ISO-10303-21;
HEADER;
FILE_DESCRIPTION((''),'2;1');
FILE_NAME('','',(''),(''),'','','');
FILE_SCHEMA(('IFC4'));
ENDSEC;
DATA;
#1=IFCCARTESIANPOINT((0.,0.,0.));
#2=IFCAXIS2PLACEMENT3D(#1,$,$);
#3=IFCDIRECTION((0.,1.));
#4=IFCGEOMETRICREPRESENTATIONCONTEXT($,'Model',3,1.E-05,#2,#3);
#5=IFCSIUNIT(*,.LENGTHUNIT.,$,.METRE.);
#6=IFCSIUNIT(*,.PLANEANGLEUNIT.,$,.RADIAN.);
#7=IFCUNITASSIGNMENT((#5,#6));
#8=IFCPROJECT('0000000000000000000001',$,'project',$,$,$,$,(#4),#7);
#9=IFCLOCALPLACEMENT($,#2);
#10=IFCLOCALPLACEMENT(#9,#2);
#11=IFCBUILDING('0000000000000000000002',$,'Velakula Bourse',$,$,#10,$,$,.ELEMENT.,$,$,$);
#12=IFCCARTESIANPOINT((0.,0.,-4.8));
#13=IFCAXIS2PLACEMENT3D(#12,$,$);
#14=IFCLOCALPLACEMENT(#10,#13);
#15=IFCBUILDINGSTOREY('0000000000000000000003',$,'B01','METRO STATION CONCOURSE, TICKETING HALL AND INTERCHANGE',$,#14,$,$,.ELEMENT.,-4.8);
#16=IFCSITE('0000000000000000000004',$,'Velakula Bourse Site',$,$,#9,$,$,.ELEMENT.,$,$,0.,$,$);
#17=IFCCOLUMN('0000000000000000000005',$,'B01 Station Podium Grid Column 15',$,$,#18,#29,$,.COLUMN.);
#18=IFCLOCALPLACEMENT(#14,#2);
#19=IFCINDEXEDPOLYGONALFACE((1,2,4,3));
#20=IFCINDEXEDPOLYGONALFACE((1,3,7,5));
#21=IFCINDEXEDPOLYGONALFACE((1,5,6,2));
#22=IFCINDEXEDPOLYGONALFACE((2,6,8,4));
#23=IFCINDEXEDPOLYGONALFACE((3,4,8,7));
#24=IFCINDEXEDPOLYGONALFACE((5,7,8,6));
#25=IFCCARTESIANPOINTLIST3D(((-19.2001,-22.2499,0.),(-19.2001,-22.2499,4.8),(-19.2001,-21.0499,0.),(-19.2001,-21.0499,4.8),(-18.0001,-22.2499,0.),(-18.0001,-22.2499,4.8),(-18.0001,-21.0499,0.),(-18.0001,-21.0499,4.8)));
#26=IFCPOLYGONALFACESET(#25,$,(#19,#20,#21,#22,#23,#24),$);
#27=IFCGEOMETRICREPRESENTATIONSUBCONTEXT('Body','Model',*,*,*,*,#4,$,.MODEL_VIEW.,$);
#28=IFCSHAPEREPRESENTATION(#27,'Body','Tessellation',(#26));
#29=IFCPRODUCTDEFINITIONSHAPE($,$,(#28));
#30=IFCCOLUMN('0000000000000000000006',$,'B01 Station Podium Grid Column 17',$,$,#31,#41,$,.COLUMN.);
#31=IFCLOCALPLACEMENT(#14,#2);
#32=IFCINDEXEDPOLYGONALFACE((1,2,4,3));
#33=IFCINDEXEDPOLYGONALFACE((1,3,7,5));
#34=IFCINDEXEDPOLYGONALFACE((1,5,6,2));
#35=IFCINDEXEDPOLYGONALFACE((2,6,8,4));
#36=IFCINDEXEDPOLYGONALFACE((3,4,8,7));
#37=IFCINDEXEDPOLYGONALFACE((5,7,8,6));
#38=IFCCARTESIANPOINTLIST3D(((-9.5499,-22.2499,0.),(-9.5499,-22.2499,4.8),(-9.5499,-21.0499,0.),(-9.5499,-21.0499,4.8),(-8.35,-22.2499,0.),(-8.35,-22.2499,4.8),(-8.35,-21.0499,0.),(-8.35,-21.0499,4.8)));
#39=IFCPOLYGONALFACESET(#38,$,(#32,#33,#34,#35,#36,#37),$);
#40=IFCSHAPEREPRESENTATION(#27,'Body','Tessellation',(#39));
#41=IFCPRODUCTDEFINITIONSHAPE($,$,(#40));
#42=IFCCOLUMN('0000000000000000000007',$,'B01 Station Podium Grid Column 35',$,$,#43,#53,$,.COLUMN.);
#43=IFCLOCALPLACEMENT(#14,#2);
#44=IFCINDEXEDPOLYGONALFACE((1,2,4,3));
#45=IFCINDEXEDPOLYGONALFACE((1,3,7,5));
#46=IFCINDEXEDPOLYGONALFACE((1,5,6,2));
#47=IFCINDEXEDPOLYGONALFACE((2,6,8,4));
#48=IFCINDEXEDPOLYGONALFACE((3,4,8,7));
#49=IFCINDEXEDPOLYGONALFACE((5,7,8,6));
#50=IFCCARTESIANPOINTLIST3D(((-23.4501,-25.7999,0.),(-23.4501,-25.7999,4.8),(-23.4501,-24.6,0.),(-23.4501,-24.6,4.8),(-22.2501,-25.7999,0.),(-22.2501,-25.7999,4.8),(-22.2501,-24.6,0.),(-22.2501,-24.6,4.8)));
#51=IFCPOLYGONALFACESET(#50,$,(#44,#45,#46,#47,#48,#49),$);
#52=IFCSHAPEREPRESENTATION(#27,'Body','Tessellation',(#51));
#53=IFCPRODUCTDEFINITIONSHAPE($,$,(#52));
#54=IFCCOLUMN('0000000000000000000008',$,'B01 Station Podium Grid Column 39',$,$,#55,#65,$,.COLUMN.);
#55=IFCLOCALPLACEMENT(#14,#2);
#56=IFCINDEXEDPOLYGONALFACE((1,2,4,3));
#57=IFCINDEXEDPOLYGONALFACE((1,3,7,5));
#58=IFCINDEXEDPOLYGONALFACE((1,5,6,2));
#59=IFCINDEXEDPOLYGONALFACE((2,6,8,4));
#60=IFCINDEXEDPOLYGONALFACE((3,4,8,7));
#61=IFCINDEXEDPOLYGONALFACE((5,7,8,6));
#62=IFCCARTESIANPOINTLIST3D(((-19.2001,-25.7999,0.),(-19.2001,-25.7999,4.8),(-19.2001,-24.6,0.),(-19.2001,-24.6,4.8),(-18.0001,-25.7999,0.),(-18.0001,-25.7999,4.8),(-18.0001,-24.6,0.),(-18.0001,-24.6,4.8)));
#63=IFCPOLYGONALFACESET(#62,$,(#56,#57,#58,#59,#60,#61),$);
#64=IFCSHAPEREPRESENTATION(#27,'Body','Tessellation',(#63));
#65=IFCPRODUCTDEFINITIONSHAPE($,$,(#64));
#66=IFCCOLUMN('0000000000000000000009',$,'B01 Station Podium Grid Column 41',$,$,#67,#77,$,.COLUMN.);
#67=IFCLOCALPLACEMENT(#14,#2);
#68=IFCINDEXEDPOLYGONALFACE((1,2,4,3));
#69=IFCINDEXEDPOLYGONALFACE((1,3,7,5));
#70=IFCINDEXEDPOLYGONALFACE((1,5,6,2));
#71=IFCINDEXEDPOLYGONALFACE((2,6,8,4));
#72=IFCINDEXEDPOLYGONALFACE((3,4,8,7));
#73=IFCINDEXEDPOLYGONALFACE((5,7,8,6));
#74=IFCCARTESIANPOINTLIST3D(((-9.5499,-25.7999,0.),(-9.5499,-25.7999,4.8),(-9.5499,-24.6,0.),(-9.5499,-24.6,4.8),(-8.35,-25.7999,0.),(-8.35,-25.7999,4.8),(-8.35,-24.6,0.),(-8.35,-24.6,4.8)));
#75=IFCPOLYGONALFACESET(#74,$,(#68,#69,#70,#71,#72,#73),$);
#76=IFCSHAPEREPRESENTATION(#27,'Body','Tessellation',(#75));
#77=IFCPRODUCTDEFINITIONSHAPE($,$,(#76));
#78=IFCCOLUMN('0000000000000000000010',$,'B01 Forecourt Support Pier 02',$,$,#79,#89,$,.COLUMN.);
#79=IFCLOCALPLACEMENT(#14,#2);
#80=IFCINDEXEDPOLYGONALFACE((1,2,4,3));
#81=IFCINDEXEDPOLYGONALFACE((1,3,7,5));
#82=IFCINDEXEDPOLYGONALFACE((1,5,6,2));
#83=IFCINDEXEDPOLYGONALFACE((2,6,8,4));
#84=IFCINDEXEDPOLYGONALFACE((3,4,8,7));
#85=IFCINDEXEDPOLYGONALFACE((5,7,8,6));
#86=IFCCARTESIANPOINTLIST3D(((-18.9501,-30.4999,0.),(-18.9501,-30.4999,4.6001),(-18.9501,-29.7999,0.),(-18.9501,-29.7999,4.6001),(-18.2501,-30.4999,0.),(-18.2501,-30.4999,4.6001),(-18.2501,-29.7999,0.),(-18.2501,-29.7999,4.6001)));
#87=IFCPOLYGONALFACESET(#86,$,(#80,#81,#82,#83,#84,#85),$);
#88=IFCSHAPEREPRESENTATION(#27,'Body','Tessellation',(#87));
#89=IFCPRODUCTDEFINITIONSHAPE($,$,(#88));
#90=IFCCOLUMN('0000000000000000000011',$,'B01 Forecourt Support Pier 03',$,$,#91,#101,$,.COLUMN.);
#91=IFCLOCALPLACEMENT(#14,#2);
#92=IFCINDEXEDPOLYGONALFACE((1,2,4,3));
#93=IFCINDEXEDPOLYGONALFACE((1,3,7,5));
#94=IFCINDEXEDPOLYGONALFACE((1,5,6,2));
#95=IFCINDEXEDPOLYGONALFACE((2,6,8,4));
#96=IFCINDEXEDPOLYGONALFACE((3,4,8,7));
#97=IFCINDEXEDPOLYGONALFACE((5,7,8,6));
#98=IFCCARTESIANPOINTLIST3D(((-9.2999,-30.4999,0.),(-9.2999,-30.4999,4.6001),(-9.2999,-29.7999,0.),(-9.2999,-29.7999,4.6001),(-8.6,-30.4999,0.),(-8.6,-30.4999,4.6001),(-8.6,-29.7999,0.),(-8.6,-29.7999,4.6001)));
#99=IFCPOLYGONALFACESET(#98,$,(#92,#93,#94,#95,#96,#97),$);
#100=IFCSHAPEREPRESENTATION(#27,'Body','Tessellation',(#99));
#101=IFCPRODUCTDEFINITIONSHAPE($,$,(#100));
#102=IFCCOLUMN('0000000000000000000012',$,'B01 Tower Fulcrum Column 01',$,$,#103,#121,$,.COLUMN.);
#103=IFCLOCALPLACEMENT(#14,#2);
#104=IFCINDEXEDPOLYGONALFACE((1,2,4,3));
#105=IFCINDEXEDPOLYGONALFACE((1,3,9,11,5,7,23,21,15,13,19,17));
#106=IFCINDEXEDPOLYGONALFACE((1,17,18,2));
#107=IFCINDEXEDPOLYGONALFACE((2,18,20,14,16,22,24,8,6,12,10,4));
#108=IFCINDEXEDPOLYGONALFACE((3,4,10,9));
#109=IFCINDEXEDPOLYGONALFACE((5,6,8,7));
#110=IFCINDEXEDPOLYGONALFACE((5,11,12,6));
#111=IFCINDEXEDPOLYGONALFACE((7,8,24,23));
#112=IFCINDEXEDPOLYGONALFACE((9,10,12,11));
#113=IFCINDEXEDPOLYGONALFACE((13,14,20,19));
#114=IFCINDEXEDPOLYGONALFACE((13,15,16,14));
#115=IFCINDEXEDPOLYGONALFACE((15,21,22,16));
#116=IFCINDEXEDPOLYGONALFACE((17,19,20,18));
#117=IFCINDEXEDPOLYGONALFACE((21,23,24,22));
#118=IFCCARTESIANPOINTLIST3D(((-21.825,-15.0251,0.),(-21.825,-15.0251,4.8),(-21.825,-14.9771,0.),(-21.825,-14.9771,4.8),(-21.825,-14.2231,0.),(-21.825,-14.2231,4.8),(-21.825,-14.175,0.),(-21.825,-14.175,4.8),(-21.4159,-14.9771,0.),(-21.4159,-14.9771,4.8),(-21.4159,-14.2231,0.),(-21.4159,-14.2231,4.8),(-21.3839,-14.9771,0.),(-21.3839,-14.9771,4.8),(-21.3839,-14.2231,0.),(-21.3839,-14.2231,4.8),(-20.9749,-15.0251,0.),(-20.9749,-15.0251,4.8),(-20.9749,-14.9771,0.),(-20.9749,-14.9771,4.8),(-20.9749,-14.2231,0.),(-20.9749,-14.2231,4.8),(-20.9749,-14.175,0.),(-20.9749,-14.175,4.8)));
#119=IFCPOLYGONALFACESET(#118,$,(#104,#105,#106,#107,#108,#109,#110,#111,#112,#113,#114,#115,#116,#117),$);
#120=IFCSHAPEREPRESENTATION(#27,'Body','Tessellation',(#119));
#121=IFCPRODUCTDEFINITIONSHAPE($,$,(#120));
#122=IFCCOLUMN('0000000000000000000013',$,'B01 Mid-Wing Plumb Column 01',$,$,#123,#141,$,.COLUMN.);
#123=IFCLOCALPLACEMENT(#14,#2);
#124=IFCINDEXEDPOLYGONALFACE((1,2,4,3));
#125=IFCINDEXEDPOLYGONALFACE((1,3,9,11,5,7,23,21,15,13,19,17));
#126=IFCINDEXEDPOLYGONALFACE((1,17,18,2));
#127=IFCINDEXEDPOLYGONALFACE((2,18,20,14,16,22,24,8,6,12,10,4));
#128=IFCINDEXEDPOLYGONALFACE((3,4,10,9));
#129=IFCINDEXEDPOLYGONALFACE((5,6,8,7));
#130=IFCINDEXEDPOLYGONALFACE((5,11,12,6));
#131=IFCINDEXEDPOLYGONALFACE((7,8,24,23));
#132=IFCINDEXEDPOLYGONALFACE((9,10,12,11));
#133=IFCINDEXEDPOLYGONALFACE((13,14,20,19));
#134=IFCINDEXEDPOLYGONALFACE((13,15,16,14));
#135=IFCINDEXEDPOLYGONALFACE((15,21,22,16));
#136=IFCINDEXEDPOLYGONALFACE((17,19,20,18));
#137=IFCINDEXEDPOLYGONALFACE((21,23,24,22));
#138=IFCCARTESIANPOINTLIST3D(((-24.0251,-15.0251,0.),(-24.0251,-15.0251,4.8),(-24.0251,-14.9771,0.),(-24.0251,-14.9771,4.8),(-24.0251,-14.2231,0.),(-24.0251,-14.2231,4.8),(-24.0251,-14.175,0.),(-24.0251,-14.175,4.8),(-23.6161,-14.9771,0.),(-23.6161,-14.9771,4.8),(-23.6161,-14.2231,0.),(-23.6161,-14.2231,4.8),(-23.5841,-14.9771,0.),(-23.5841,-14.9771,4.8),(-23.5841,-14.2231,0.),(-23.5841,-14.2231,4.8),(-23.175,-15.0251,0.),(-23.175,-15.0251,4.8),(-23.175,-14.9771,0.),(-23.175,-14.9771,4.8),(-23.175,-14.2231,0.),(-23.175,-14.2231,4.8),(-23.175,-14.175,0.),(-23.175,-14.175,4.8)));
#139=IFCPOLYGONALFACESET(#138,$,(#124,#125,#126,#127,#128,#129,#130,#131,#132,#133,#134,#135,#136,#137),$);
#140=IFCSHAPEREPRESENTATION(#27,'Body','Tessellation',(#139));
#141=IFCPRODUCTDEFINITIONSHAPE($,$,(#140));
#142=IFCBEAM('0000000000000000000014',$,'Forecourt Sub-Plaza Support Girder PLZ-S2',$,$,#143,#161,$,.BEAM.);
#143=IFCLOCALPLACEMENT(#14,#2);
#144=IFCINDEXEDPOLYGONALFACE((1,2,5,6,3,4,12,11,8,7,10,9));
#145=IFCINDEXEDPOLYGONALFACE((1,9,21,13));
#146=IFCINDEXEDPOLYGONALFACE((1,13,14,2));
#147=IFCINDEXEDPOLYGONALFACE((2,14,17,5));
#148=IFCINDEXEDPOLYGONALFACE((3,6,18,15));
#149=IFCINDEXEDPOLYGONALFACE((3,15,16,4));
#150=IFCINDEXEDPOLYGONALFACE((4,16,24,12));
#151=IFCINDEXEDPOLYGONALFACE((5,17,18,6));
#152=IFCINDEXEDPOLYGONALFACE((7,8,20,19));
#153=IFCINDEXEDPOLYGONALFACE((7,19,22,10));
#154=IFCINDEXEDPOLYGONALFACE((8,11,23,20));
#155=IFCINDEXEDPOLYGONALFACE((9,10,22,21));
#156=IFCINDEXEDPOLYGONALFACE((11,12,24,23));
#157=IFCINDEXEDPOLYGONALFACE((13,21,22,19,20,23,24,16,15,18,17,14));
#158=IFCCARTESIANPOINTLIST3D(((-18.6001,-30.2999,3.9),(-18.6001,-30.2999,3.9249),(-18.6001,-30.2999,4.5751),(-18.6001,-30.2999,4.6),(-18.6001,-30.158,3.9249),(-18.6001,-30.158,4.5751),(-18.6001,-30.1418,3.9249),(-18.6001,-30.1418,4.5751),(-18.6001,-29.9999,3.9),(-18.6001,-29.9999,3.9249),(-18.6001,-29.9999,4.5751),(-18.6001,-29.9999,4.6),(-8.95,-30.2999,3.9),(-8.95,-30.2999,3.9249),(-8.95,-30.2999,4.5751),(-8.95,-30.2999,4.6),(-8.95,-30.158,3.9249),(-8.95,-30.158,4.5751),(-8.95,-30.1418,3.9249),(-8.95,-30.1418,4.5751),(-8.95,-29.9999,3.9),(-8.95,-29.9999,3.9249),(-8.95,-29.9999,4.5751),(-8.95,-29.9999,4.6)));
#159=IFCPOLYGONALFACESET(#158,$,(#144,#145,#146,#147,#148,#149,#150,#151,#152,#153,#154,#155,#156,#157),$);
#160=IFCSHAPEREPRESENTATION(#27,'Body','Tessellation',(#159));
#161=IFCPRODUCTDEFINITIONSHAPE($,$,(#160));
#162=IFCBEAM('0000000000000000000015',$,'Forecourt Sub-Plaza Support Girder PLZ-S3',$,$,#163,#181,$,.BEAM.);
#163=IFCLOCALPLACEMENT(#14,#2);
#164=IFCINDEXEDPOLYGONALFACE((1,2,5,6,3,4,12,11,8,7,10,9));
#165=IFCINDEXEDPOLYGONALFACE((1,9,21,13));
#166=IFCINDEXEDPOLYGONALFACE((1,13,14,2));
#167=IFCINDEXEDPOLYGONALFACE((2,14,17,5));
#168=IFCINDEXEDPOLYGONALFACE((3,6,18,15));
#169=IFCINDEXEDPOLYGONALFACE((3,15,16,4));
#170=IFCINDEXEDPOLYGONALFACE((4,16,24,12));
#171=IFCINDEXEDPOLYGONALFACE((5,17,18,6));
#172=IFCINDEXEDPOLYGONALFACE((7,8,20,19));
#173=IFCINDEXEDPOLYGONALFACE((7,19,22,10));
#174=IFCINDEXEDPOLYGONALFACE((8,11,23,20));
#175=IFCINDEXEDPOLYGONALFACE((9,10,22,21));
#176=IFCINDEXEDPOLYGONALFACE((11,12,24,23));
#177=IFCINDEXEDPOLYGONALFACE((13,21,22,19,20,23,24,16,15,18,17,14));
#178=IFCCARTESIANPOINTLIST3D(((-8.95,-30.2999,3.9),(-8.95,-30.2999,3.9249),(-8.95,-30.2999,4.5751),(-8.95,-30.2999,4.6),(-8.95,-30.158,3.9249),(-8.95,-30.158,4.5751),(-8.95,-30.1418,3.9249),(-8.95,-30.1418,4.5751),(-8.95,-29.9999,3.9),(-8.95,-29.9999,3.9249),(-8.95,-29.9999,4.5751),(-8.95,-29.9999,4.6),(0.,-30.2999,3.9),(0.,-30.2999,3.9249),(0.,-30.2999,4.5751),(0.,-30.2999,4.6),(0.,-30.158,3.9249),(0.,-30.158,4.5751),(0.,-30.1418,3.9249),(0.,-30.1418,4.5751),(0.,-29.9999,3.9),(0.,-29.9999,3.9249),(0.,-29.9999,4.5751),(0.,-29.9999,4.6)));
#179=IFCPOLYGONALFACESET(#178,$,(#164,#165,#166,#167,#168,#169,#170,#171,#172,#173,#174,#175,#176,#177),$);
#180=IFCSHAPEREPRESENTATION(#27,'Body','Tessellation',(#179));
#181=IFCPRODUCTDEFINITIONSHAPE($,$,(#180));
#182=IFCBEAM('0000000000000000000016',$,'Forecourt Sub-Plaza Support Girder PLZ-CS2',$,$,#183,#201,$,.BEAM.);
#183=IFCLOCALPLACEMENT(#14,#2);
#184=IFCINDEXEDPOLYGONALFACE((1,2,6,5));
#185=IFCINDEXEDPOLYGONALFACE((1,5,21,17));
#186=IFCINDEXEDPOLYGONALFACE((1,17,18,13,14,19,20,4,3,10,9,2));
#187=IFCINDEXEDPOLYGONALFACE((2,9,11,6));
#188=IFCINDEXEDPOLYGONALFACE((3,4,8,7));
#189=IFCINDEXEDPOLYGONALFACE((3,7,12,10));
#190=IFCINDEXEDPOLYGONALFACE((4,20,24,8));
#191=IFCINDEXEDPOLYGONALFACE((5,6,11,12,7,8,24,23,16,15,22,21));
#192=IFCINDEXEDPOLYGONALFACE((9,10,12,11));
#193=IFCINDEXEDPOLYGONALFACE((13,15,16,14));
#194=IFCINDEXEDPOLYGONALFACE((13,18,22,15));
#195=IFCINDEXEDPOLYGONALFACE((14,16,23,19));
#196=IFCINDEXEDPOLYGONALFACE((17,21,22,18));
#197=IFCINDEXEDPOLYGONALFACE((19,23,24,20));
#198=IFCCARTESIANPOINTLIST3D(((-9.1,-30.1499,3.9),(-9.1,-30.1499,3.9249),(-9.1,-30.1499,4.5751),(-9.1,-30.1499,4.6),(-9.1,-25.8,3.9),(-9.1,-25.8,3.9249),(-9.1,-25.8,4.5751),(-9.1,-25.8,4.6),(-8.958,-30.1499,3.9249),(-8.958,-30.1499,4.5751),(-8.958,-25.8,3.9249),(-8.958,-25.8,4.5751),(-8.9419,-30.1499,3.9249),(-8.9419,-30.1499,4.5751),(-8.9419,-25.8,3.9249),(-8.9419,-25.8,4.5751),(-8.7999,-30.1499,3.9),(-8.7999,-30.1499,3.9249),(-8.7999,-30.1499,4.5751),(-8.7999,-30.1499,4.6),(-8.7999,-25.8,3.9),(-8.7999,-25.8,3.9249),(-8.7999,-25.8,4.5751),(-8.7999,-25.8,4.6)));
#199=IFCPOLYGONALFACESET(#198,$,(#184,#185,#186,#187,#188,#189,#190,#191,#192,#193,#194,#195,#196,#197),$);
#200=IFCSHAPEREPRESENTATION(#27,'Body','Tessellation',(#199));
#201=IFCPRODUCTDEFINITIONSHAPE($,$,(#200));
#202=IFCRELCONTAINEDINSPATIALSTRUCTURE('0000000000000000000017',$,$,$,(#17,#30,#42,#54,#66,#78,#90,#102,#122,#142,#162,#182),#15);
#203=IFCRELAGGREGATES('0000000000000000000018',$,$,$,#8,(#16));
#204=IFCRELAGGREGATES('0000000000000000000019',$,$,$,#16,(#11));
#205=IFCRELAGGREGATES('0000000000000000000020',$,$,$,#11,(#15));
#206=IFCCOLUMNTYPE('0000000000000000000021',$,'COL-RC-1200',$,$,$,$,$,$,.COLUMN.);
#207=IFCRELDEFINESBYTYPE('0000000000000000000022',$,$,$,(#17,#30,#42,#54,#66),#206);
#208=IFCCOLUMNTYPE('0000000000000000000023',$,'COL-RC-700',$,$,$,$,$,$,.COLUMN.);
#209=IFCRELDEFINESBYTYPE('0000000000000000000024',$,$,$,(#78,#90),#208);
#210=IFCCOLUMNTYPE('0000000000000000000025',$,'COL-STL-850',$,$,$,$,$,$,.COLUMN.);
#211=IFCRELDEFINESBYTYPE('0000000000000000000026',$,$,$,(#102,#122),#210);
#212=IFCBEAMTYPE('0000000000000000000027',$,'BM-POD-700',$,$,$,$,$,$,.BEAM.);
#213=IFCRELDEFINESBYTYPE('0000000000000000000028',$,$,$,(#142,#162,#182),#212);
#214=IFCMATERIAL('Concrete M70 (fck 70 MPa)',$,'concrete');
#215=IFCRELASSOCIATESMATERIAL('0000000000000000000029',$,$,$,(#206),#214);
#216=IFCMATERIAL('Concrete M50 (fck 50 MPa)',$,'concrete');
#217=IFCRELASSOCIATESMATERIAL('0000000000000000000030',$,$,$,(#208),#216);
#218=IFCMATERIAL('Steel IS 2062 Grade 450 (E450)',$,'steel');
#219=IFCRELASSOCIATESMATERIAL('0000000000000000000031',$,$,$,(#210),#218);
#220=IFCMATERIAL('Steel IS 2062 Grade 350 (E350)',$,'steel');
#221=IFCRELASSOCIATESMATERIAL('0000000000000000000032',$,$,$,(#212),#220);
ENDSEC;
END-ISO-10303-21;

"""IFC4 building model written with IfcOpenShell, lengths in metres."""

from ifc_helpers import new_model, si_unit, direction, frame, origin, origin_2d, place, context, subcontext, project, spatial, rectangle, i_section, extrude, material, material_profile, profile_set, type_object, element, save


model = new_model("IFC4")

# Units and contexts
model_context = context("Model", 3, precision=1e-05, world=origin(), true_north=direction((0.0, 1.0)))
body_context = subcontext(model_context, "Body", "Model", "MODEL_VIEW")
ifc_project = project(units=[si_unit("LENGTHUNIT", "METRE"), si_unit("PLANEANGLEUNIT", "RADIAN")], contexts=[model_context])

# Site, building, storey
site_placement = place(None, origin())
site = spatial("IfcSite", under=ifc_project, at=site_placement, Name="Velakula Bourse Site", CompositionType="ELEMENT", RefElevation=0.0)
building_placement = place(site_placement, origin())
building = spatial("IfcBuilding", under=site, at=building_placement, Name="Velakula Bourse", CompositionType="ELEMENT")
storey_placement = place(building_placement, frame((0.0, 0.0, -4.8)))
storey = spatial("IfcBuildingStorey", under=building, at=storey_placement, Name="B01", Description="METRO STATION CONCOURSE, TICKETING HALL AND INTERCHANGE", CompositionType="ELEMENT", Elevation=-4.8)

# Columns
ifc_material_1 = material(Name="Concrete M70 (fck 70 MPa)", Category="concrete")
ifc_material_profile_1 = material_profile(ifc_material_1, rectangle(XDim=1.2, YDim=1.2, at=origin_2d()), Name="Concrete M70 (fck 70 MPa)")
ifc_profile_set_1 = profile_set([ifc_material_profile_1], Name="Concrete M70 (fck 70 MPa)")
column_type_1 = type_object("IfcColumnType", Name="COL-RC-1200", PredefinedType="COLUMN", material=ifc_profile_set_1)
for number, where, z_axis, x_axis, name in (
    (1, (-18.6001, -21.6499, 0.0), (0.0, 0.0, 1.0), (1.0, 0.0, 0.0), "B01 Station Podium Grid Column 15"),
    (2, (-8.95, -21.6499, 0.0), (0.0, 0.0, 1.0), (1.0, 0.0, 0.0), "B01 Station Podium Grid Column 17"),
    (3, (-22.8501, -25.2, 0.0), (0.0, 0.0, 1.0), (1.0, 0.0, 0.0), "B01 Station Podium Grid Column 35"),
    (4, (-18.6001, -25.2, 0.0), (0.0, 0.0, 1.0), (1.0, 0.0, 0.0), "B01 Station Podium Grid Column 39"),
    (5, (-8.95, -25.2, 0.0), (0.0, 0.0, 1.0), (1.0, 0.0, 0.0), "B01 Station Podium Grid Column 41"),
):
    element("IfcColumn", number, at=place(storey_placement, frame(where, z_axis=z_axis, x_axis=x_axis)), inside=storey, type_object=column_type_1, Name=name, PredefinedType="COLUMN", context=body_context, shape_type="SweptSolid", body=[
        extrude(rectangle(XDim=1.2, YDim=1.2, at=origin_2d()), origin(), (0.0, 0.0, 1.0), 4.8),
    ])
ifc_material_2 = material(Name="Concrete M50 (fck 50 MPa)", Category="concrete")
ifc_material_profile_2 = material_profile(ifc_material_2, rectangle(XDim=0.7, YDim=0.7, at=origin_2d()), Name="Concrete M50 (fck 50 MPa)")
ifc_profile_set_2 = profile_set([ifc_material_profile_2], Name="Concrete M50 (fck 50 MPa)")
column_type_2 = type_object("IfcColumnType", Name="COL-RC-700", PredefinedType="COLUMN", material=ifc_profile_set_2)
for number, where, z_axis, x_axis, name in (
    (6, (-18.6001, -30.1499, 0.0), (0.0, 0.0, 1.0), (1.0, 0.0, 0.0), "B01 Forecourt Support Pier 02"),
    (7, (-8.95, -30.1499, 0.0), (0.0, 0.0, 1.0), (1.0, 0.0, 0.0), "B01 Forecourt Support Pier 03"),
):
    element("IfcColumn", number, at=place(storey_placement, frame(where, z_axis=z_axis, x_axis=x_axis)), inside=storey, type_object=column_type_2, Name=name, PredefinedType="COLUMN", context=body_context, shape_type="SweptSolid", body=[
        extrude(rectangle(XDim=0.7, YDim=0.7, at=origin_2d()), origin(), (0.0, 0.0, 1.0), 4.6001),
    ])
ifc_material_3 = material(Name="Steel IS 2062 Grade 450 (E450)", Category="steel")
ifc_material_profile_3 = material_profile(ifc_material_3, i_section(OverallWidth=0.8501, OverallDepth=0.8501, WebThickness=0.032, FlangeThickness=0.0481, at=origin_2d()), Name="Steel IS 2062 Grade 450 (E450)")
ifc_profile_set_3 = profile_set([ifc_material_profile_3], Name="Steel IS 2062 Grade 450 (E450)")
column_type_3 = type_object("IfcColumnType", Name="COL-STL-850", PredefinedType="COLUMN", material=ifc_profile_set_3)
for number, where, z_axis, x_axis, name in (
    (8, (-21.3999, -14.6001, 0.0), (0.0, 0.0, 1.0), (1.0, 0.0, 0.0), "B01 Tower Fulcrum Column 01"),
    (9, (-23.6001, -14.6001, 0.0), (0.0, 0.0, 1.0), (1.0, 0.0, 0.0), "B01 Mid-Wing Plumb Column 01"),
):
    element("IfcColumn", number, at=place(storey_placement, frame(where, z_axis=z_axis, x_axis=x_axis)), inside=storey, type_object=column_type_3, Name=name, PredefinedType="COLUMN", context=body_context, shape_type="SweptSolid", body=[
        extrude(i_section(OverallWidth=0.8501, OverallDepth=0.8501, WebThickness=0.032, FlangeThickness=0.0481, at=origin_2d()), origin(), (0.0, 0.0, 1.0), 4.8),
    ])

# Beams
ifc_material_4 = material(Name="Steel IS 2062 Grade 350 (E350)", Category="steel")
ifc_material_profile_4 = material_profile(ifc_material_4, i_section(OverallWidth=0.3, OverallDepth=0.7, WebThickness=0.0161, FlangeThickness=0.0249, at=origin_2d()), Name="Steel IS 2062 Grade 350 (E350)")
ifc_profile_set_4 = profile_set([ifc_material_profile_4], Name="Steel IS 2062 Grade 350 (E350)")
beam_type_1 = type_object("IfcBeamType", Name="BM-POD-700", PredefinedType="BEAM", material=ifc_profile_set_4)
beam_1_placement = place(storey_placement, frame((-18.6001, -30.1499, 4.25), z_axis=(1.0, 0.0, 0.0), x_axis=(0.0, 1.0, 0.0)))
element("IfcBeam", 10, at=beam_1_placement, inside=storey, type_object=beam_type_1, Name="Forecourt Sub-Plaza Support Girder PLZ-S2", PredefinedType="BEAM", context=body_context, shape_type="SweptSolid", body=[
    extrude(i_section(OverallWidth=0.3, OverallDepth=0.7, WebThickness=0.0161, FlangeThickness=0.0249, at=origin_2d()), origin(), (0.0, 0.0, 1.0), 9.6501),
])
beam_2_placement = place(storey_placement, frame((-8.95, -30.1499, 4.25), z_axis=(1.0, 0.0, 0.0), x_axis=(0.0, 1.0, 0.0)))
element("IfcBeam", 11, at=beam_2_placement, inside=storey, type_object=beam_type_1, Name="Forecourt Sub-Plaza Support Girder PLZ-S3", PredefinedType="BEAM", context=body_context, shape_type="SweptSolid", body=[
    extrude(i_section(OverallWidth=0.3, OverallDepth=0.7, WebThickness=0.0161, FlangeThickness=0.0249, at=origin_2d()), origin(), (0.0, 0.0, 1.0), 8.95),
])
beam_3_placement = place(storey_placement, frame((-8.95, -30.1499, 4.25), z_axis=(0.0, 1.0, 0.0), x_axis=(-1.0, 0.0, 0.0)))
element("IfcBeam", 12, at=beam_3_placement, inside=storey, type_object=beam_type_1, Name="Forecourt Sub-Plaza Support Girder PLZ-CS2", PredefinedType="BEAM", context=body_context, shape_type="SweptSolid", body=[
    extrude(i_section(OverallWidth=0.3, OverallDepth=0.7, WebThickness=0.0161, FlangeThickness=0.0249, at=origin_2d()), origin(), (0.0, 0.0, 1.0), 4.3499),
])

save(model, "model.ifc")
